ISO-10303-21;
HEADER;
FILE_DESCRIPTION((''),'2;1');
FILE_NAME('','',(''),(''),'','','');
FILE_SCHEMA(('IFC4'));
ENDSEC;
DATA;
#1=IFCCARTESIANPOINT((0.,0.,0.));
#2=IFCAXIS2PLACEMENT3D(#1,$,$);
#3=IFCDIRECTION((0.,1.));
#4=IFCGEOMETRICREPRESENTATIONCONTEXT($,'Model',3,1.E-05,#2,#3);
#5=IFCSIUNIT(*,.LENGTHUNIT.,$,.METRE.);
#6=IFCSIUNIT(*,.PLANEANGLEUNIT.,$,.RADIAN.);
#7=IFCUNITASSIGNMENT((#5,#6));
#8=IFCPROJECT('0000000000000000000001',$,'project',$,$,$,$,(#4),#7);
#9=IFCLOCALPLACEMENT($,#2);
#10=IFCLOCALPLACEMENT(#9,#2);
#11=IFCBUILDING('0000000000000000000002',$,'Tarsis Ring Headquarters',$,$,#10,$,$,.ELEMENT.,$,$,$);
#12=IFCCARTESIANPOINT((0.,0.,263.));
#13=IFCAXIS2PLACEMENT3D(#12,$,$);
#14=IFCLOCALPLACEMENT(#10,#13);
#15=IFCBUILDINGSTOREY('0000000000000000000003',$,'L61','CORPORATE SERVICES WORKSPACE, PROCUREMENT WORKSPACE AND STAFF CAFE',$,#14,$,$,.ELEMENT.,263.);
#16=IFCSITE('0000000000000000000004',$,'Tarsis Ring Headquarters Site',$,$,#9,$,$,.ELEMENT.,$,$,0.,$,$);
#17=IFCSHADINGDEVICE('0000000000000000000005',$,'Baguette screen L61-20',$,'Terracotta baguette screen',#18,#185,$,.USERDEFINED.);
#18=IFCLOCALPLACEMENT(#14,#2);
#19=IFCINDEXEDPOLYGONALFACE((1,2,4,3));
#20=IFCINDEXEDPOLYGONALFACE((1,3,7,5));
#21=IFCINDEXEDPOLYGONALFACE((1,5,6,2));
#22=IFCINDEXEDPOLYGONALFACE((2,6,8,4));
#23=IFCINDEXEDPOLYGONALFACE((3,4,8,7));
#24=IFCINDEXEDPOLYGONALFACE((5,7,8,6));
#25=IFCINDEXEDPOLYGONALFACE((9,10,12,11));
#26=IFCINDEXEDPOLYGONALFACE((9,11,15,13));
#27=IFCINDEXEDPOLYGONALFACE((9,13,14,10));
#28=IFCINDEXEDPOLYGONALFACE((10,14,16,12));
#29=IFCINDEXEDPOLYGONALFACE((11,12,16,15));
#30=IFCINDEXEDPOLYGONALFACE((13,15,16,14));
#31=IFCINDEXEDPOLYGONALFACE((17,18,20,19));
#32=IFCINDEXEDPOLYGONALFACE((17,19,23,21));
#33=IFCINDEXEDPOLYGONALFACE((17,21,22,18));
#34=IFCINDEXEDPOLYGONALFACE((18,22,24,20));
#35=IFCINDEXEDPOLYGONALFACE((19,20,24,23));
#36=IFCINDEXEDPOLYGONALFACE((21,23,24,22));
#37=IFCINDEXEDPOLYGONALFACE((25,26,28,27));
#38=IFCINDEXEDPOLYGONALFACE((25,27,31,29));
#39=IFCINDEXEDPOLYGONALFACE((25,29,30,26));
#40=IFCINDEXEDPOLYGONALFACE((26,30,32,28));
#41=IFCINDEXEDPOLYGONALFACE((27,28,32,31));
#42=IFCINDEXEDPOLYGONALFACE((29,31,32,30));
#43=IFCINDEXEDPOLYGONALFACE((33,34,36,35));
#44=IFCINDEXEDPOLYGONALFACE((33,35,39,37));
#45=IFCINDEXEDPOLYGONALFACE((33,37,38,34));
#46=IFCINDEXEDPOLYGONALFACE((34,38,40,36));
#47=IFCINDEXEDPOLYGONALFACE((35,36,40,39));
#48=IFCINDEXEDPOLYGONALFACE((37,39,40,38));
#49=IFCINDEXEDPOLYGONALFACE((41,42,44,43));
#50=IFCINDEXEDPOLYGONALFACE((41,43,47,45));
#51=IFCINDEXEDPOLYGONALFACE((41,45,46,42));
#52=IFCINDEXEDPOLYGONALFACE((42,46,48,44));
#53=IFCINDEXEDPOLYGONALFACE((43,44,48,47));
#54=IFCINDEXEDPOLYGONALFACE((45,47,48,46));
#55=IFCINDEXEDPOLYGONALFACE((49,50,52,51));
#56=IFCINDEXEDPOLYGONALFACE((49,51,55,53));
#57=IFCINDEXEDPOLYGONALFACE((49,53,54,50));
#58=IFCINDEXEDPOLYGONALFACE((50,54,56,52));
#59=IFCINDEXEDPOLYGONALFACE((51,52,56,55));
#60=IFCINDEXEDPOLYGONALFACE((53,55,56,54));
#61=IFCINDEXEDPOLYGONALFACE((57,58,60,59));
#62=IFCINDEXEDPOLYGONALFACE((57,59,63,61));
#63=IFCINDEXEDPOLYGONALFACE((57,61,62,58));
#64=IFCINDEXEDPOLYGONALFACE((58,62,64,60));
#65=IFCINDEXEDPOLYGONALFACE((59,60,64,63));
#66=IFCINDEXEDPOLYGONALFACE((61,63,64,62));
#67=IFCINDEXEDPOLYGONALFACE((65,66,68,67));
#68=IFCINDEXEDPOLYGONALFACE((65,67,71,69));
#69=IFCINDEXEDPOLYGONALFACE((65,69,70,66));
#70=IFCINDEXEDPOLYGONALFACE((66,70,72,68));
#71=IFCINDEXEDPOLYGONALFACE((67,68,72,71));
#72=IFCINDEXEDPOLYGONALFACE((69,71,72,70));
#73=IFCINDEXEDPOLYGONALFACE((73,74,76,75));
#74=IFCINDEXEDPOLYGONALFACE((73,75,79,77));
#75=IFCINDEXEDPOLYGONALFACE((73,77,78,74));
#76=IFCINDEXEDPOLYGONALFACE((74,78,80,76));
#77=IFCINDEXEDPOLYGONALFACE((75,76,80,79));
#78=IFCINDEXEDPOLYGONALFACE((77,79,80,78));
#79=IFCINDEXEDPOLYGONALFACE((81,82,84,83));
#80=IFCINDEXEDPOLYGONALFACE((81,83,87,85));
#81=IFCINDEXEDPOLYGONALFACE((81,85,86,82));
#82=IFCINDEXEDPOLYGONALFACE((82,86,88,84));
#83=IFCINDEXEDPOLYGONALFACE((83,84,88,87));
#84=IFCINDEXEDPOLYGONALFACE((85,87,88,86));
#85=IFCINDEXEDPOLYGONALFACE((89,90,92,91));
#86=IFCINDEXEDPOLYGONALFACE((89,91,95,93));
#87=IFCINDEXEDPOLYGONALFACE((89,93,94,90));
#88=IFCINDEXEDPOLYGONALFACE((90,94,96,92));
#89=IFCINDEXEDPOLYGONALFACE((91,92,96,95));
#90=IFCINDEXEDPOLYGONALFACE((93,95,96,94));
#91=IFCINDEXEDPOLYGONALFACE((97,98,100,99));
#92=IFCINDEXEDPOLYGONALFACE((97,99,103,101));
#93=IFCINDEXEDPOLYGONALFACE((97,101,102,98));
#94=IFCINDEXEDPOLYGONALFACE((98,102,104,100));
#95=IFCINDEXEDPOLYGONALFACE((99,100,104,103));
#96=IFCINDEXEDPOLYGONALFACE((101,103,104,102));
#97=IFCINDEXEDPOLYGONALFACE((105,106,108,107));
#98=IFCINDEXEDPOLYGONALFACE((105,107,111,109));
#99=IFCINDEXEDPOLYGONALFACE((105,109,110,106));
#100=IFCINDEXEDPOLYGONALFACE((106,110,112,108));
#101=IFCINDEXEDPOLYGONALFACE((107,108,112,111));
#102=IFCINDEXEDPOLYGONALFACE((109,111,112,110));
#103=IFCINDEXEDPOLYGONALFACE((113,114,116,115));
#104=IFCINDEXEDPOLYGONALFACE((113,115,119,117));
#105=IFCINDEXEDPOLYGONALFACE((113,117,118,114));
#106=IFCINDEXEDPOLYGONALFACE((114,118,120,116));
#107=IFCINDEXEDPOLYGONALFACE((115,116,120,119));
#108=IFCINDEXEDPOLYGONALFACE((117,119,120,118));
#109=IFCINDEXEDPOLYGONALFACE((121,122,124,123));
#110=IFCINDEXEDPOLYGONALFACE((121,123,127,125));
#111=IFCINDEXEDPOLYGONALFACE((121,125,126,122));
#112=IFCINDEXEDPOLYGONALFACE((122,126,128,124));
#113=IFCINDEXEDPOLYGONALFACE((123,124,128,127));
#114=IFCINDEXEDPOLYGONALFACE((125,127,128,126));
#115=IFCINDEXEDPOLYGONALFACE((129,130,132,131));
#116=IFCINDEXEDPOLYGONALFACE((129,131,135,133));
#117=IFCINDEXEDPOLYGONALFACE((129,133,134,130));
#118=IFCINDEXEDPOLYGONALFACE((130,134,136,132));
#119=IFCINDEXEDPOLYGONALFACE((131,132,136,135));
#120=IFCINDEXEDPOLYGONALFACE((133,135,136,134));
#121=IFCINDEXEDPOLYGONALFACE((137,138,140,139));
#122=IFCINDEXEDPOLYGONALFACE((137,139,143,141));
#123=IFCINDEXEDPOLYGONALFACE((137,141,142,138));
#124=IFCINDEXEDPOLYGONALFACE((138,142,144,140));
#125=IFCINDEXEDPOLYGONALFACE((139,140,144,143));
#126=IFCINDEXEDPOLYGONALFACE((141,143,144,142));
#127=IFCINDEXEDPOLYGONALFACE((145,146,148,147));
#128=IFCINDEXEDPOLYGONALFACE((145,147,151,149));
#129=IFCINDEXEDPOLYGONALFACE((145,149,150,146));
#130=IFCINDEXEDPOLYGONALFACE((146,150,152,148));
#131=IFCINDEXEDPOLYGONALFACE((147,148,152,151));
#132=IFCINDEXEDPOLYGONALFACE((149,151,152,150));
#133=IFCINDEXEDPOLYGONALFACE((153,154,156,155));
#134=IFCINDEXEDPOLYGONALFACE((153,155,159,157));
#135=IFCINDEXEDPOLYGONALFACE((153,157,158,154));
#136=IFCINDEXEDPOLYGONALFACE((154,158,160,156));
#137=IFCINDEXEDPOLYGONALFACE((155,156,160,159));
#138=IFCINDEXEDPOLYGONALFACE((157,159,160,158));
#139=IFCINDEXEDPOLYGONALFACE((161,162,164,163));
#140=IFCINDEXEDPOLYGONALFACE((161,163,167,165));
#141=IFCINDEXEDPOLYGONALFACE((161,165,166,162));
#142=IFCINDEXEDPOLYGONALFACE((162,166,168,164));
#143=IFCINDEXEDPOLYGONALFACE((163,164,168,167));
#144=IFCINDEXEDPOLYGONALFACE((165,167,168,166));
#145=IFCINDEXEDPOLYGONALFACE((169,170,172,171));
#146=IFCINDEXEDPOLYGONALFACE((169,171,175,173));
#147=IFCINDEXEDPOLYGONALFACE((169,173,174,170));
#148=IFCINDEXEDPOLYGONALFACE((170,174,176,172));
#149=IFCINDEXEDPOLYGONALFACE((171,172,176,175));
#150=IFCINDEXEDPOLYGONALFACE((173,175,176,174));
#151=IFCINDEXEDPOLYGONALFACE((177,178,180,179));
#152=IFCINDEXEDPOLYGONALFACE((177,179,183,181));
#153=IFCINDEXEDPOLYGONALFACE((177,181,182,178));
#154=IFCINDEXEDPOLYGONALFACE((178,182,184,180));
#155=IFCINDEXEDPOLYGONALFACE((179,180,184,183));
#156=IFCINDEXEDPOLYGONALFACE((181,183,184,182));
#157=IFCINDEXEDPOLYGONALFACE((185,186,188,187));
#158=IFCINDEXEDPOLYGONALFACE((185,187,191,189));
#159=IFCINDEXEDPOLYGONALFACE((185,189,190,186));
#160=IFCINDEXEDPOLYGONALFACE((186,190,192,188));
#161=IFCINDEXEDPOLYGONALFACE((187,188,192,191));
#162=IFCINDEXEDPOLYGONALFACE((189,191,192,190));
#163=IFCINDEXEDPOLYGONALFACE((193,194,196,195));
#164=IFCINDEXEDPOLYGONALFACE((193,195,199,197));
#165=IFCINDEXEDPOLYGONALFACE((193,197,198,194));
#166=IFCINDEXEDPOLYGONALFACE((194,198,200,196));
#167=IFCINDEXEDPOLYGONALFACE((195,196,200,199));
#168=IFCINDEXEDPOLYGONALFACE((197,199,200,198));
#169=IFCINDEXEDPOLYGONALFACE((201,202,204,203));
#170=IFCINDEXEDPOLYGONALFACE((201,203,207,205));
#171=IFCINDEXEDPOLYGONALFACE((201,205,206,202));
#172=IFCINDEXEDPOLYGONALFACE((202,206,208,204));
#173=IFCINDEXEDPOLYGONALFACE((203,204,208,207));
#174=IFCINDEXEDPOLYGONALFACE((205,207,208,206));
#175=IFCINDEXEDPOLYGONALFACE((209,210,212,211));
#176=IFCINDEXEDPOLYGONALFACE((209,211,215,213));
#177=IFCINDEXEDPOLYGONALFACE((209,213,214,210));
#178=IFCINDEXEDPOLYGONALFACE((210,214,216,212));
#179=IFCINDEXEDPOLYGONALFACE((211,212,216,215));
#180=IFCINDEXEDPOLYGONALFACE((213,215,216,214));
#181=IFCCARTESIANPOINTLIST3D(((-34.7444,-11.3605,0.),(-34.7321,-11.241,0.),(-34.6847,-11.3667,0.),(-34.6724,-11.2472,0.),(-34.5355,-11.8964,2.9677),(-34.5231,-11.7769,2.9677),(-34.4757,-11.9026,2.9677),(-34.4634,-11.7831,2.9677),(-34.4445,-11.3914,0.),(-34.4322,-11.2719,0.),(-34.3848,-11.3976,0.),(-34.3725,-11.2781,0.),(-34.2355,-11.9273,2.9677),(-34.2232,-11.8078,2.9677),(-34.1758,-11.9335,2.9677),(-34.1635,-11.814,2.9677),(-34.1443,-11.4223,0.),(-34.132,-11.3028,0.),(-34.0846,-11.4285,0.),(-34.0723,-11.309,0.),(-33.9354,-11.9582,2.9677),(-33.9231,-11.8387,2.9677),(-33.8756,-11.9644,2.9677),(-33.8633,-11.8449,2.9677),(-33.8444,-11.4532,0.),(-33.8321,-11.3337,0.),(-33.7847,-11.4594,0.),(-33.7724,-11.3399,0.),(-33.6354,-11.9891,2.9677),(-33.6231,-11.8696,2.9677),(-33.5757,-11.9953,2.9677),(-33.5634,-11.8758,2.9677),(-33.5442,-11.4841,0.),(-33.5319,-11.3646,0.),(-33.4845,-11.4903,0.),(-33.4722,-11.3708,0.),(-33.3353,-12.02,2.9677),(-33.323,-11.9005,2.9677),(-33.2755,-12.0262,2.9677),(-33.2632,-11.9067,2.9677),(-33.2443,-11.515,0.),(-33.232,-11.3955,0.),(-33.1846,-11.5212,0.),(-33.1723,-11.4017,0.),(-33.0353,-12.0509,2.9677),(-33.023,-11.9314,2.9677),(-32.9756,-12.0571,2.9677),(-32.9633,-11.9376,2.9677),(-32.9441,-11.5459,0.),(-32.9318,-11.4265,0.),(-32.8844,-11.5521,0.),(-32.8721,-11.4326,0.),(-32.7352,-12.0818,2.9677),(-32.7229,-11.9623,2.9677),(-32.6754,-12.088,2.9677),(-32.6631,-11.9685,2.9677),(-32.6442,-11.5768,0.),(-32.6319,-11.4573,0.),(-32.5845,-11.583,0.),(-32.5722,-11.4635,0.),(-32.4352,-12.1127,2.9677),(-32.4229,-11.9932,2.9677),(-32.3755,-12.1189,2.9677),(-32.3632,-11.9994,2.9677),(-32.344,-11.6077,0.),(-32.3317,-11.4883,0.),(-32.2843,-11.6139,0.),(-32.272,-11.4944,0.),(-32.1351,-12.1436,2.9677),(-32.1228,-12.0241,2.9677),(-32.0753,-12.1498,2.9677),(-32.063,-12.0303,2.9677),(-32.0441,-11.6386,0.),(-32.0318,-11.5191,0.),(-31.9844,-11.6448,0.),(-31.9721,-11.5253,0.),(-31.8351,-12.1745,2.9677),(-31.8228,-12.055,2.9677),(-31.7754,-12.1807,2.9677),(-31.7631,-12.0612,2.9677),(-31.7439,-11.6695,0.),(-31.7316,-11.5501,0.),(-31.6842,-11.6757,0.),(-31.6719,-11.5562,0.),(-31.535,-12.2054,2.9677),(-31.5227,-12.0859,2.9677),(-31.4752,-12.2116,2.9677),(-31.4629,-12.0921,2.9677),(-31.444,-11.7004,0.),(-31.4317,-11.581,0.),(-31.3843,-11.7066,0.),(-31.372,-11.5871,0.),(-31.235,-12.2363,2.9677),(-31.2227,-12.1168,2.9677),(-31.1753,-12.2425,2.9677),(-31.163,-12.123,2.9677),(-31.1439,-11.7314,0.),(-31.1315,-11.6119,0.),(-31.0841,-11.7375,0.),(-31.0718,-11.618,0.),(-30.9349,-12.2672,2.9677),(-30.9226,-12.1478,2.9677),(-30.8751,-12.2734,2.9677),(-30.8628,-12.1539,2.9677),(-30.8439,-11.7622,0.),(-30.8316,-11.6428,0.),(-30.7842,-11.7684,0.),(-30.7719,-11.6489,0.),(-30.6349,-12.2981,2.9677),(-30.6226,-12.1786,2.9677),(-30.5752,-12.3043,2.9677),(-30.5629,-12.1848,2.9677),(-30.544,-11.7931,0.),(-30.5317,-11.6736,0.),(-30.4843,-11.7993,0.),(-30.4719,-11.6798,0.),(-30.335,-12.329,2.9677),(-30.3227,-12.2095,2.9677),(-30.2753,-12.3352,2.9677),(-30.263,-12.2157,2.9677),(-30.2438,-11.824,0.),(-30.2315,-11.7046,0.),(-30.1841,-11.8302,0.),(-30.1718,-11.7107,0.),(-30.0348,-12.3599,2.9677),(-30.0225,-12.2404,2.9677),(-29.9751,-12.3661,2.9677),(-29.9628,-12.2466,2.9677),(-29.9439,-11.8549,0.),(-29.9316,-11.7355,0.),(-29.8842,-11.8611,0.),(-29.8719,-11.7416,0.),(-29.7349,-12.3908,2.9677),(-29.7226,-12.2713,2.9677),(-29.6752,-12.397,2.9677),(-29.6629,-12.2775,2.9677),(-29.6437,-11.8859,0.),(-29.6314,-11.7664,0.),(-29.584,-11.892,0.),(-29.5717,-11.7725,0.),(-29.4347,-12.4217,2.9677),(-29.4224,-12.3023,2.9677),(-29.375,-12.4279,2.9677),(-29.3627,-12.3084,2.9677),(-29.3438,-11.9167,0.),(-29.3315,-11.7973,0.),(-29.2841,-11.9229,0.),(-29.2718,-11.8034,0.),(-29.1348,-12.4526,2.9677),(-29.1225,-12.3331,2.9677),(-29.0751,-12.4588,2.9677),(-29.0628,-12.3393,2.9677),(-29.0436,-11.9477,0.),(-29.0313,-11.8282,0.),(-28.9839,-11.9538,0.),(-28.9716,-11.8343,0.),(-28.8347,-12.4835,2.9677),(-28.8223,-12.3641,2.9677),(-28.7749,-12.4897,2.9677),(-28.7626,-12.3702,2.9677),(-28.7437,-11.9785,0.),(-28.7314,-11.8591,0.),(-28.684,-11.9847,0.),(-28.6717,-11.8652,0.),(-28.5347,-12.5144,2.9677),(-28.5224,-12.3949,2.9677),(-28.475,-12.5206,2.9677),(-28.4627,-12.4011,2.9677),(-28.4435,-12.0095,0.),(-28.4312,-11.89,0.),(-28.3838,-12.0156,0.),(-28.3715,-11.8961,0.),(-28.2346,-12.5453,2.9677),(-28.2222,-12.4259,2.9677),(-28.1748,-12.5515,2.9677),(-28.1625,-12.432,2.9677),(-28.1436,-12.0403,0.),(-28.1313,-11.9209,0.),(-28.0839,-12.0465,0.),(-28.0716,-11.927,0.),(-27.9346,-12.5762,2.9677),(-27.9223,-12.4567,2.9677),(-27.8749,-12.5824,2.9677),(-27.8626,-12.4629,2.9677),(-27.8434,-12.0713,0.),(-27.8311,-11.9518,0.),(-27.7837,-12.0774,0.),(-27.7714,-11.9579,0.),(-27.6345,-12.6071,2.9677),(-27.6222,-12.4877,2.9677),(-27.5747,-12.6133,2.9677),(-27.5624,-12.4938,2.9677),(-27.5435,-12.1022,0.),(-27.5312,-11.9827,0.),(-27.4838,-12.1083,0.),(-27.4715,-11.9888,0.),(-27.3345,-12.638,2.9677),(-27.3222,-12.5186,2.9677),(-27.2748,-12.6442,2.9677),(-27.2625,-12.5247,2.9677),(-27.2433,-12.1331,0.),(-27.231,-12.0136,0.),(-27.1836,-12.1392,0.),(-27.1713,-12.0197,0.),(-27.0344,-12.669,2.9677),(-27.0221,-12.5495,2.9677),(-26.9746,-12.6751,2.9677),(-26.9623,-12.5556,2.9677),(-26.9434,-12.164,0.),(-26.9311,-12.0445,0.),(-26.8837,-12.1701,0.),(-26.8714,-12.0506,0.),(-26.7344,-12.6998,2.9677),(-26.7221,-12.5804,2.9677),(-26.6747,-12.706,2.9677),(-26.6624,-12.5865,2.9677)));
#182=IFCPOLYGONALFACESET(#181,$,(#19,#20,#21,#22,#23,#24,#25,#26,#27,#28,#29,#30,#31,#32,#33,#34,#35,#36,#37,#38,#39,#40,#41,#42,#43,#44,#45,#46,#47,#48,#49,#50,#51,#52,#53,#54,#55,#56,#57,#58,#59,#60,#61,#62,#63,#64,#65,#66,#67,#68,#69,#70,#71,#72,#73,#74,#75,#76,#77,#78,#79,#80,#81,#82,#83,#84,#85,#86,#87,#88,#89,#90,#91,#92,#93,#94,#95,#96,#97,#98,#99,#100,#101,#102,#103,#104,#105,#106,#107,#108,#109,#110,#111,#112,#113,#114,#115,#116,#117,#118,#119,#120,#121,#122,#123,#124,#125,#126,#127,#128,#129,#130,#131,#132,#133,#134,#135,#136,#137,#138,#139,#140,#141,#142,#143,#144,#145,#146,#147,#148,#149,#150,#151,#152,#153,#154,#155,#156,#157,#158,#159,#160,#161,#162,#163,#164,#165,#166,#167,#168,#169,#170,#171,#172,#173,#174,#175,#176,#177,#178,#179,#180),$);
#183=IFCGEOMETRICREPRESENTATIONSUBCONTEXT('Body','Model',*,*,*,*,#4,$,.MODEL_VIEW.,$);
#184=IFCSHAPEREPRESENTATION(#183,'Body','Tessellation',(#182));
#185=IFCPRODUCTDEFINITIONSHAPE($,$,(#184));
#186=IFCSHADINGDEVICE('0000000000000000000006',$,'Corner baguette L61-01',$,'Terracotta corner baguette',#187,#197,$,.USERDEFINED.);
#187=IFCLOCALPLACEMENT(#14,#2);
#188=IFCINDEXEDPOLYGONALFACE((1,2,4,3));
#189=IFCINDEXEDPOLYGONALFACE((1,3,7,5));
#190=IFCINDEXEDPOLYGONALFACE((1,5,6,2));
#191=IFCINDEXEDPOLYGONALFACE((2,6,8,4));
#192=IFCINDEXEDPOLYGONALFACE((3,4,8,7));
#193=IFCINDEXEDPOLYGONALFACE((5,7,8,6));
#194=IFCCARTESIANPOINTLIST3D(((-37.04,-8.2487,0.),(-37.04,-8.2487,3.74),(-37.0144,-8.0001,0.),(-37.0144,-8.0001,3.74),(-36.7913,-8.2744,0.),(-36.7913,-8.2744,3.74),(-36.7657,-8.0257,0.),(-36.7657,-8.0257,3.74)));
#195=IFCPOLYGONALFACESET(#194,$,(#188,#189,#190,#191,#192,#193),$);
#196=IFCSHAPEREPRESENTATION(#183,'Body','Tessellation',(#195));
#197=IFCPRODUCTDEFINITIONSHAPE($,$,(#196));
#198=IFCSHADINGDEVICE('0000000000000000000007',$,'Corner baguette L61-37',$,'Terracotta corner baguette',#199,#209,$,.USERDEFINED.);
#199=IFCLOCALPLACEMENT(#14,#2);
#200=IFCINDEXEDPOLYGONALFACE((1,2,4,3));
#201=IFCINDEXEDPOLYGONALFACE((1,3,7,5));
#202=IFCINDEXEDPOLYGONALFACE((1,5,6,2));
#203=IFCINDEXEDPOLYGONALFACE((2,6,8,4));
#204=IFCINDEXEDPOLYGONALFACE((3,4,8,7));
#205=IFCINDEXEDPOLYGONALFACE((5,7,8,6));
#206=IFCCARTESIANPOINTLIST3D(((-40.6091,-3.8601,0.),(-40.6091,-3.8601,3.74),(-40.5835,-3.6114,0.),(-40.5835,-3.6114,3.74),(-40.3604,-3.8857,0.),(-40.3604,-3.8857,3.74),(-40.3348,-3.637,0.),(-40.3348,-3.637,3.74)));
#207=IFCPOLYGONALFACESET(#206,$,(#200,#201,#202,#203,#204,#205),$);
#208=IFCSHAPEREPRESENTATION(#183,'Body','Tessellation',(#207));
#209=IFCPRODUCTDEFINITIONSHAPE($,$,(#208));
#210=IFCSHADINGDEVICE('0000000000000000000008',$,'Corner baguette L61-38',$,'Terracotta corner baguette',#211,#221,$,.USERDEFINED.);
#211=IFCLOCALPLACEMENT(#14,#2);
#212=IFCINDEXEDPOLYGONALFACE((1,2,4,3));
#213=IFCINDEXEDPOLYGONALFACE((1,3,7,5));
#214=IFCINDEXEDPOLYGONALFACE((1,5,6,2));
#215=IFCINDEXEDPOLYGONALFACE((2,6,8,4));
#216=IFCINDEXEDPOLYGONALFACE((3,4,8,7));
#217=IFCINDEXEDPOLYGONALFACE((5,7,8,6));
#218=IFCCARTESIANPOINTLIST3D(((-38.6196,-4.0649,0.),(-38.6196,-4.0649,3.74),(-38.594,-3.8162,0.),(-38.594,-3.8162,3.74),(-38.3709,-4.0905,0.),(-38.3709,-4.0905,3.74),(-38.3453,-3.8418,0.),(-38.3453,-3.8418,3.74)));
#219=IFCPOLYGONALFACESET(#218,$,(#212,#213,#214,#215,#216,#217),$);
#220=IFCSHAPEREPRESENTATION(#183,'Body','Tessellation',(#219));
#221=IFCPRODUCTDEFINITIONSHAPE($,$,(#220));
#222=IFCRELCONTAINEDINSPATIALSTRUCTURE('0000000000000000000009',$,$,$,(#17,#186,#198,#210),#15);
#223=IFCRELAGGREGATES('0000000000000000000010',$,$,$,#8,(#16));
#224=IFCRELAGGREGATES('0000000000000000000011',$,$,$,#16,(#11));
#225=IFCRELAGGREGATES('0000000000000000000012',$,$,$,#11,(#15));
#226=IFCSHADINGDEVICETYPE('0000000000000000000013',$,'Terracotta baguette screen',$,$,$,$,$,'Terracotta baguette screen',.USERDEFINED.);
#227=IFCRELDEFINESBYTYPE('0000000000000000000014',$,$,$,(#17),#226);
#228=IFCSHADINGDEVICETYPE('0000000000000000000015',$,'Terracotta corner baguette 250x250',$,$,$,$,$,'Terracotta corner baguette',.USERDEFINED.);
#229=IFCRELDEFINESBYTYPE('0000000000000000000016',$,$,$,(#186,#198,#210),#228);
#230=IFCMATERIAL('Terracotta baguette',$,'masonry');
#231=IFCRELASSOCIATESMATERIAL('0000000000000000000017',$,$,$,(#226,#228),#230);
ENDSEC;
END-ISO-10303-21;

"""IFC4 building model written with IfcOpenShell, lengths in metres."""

from ifc_helpers import new_model, si_unit, direction, frame, frame_2d, origin, origin_2d, place, context, subcontext, project, spatial, rectangle, composite_profile, extrude, material, type_object, element, save


model = new_model("IFC4")

# Units and contexts
model_context = context("Model", 3, precision=1e-05, world=origin(), true_north=direction((0.0, 1.0)))
body_context = subcontext(model_context, "Body", "Model", "MODEL_VIEW")
ifc_project = project(units=[si_unit("LENGTHUNIT", "METRE"), si_unit("PLANEANGLEUNIT", "RADIAN")], contexts=[model_context])

# Site, building, storey
site_placement = place(None, origin())
site = spatial("IfcSite", under=ifc_project, at=site_placement, Name="Tarsis Ring Headquarters Site", CompositionType="ELEMENT", RefElevation=0.0)
building_placement = place(site_placement, origin())
building = spatial("IfcBuilding", under=site, at=building_placement, Name="Tarsis Ring Headquarters", CompositionType="ELEMENT")
storey_placement = place(building_placement, frame((0.0, 0.0, 263.0)))
storey = spatial("IfcBuildingStorey", under=building, at=storey_placement, Name="L61", Description="CORPORATE SERVICES WORKSPACE, PROCUREMENT WORKSPACE AND STAFF CAFE", CompositionType="ELEMENT", Elevation=263.0)

# Shading devices
ifc_material_1 = material(Name="Terracotta baguette", Category="masonry")
shading_device_type_1 = type_object("IfcShadingDeviceType", Name="Terracotta baguette screen", ElementType="Terracotta baguette screen", PredefinedType="USERDEFINED", material=ifc_material_1)
shading_device_1_placement = place(storey_placement, frame((-34.7383, -11.3008, 0.0), z_axis=(0.0, 0.0, 1.0), x_axis=(0.994748, -0.10245, 0.0)))
element("IfcShadingDevice", 1, at=shading_device_1_placement, inside=storey, type_object=shading_device_type_1, Name="Baguette screen L61-20", ObjectType="Terracotta baguette screen", PredefinedType="USERDEFINED", context=body_context, shape_type="SweptSolid", body=[
    extrude(composite_profile([rectangle(XDim=0.0601, YDim=0.1201, at=frame_2d((0.03, 0.0))), rectangle(XDim=0.0601, YDim=0.1201, at=frame_2d((0.3315, 0.0))), rectangle(XDim=0.0601, YDim=0.1201, at=frame_2d((0.6333, 0.0))), rectangle(XDim=0.0601, YDim=0.1201, at=frame_2d((0.9348, 0.0))), rectangle(XDim=0.0601, YDim=0.1201, at=frame_2d((1.2366, 0.0))), rectangle(XDim=0.0601, YDim=0.1201, at=frame_2d((1.5381, 0.0))), rectangle(XDim=0.0601, YDim=0.1201, at=frame_2d((1.8398, 0.0))), rectangle(XDim=0.0601, YDim=0.1201, at=frame_2d((2.1414, 0.0))), rectangle(XDim=0.0601, YDim=0.1201, at=frame_2d((2.4431, 0.0))), rectangle(XDim=0.0601, YDim=0.1201, at=frame_2d((2.7446, 0.0))), rectangle(XDim=0.0601, YDim=0.1201, at=frame_2d((3.0464, 0.0))), rectangle(XDim=0.0601, YDim=0.1201, at=frame_2d((3.3479, 0.0))), rectangle(XDim=0.0601, YDim=0.1201, at=frame_2d((3.6497, 0.0))), rectangle(XDim=0.0601, YDim=0.1201, at=frame_2d((3.9512, 0.0))), rectangle(XDim=0.0601, YDim=0.1201, at=frame_2d((4.2527, 0.0))), rectangle(XDim=0.0601, YDim=0.1201, at=frame_2d((4.5544, 0.0))), rectangle(XDim=0.0601, YDim=0.1201, at=frame_2d((4.856, 0.0))), rectangle(XDim=0.0601, YDim=0.1201, at=frame_2d((5.1577, 0.0))), rectangle(XDim=0.0601, YDim=0.1201, at=frame_2d((5.4592, 0.0))), rectangle(XDim=0.0601, YDim=0.1201, at=frame_2d((5.761, 0.0))), rectangle(XDim=0.0601, YDim=0.1201, at=frame_2d((6.0625, 0.0))), rectangle(XDim=0.0601, YDim=0.1201, at=frame_2d((6.3643, 0.0))), rectangle(XDim=0.0601, YDim=0.1201, at=frame_2d((6.6658, 0.0))), rectangle(XDim=0.0601, YDim=0.1201, at=frame_2d((6.9675, 0.0))), rectangle(XDim=0.0601, YDim=0.1201, at=frame_2d((7.269, 0.0))), rectangle(XDim=0.0601, YDim=0.1201, at=frame_2d((7.5708, 0.0))), rectangle(XDim=0.0601, YDim=0.1201, at=frame_2d((7.8723, 0.0)))]), origin(), (0.086929, -0.169257, 0.981731), 3.0229),
])
shading_device_type_2 = type_object("IfcShadingDeviceType", Name="Terracotta corner baguette 250x250", ElementType="Terracotta corner baguette", PredefinedType="USERDEFINED", material=ifc_material_1)
for number, where, z_axis, x_axis, name in (
    (2, (-36.9028, -8.1372, 0.0), (0.0, 0.0, 1.0), (-0.102445, -0.994739, 0.0), "Corner baguette L61-01"),
    (3, (-40.4719, -3.7485, 0.0), (0.0, 0.0, 1.0), (-0.102445, -0.994739, 0.0), "Corner baguette L61-37"),
    (4, (-38.4824, -3.9534, 0.0), (0.0, 0.0, 1.0), (0.994739, -0.102445, 0.0), "Corner baguette L61-38"),
):
    element("IfcShadingDevice", number, at=place(storey_placement, frame(where, z_axis=z_axis, x_axis=x_axis)), inside=storey, type_object=shading_device_type_2, Name=name, ObjectType="Terracotta corner baguette", PredefinedType="USERDEFINED", context=body_context, shape_type="SweptSolid", body=[
        extrude(rectangle(XDim=0.25, YDim=0.25, at=origin_2d()), origin(), (0.0, 0.0, 1.0), 3.74),
    ])

save(model, "model.ifc")
